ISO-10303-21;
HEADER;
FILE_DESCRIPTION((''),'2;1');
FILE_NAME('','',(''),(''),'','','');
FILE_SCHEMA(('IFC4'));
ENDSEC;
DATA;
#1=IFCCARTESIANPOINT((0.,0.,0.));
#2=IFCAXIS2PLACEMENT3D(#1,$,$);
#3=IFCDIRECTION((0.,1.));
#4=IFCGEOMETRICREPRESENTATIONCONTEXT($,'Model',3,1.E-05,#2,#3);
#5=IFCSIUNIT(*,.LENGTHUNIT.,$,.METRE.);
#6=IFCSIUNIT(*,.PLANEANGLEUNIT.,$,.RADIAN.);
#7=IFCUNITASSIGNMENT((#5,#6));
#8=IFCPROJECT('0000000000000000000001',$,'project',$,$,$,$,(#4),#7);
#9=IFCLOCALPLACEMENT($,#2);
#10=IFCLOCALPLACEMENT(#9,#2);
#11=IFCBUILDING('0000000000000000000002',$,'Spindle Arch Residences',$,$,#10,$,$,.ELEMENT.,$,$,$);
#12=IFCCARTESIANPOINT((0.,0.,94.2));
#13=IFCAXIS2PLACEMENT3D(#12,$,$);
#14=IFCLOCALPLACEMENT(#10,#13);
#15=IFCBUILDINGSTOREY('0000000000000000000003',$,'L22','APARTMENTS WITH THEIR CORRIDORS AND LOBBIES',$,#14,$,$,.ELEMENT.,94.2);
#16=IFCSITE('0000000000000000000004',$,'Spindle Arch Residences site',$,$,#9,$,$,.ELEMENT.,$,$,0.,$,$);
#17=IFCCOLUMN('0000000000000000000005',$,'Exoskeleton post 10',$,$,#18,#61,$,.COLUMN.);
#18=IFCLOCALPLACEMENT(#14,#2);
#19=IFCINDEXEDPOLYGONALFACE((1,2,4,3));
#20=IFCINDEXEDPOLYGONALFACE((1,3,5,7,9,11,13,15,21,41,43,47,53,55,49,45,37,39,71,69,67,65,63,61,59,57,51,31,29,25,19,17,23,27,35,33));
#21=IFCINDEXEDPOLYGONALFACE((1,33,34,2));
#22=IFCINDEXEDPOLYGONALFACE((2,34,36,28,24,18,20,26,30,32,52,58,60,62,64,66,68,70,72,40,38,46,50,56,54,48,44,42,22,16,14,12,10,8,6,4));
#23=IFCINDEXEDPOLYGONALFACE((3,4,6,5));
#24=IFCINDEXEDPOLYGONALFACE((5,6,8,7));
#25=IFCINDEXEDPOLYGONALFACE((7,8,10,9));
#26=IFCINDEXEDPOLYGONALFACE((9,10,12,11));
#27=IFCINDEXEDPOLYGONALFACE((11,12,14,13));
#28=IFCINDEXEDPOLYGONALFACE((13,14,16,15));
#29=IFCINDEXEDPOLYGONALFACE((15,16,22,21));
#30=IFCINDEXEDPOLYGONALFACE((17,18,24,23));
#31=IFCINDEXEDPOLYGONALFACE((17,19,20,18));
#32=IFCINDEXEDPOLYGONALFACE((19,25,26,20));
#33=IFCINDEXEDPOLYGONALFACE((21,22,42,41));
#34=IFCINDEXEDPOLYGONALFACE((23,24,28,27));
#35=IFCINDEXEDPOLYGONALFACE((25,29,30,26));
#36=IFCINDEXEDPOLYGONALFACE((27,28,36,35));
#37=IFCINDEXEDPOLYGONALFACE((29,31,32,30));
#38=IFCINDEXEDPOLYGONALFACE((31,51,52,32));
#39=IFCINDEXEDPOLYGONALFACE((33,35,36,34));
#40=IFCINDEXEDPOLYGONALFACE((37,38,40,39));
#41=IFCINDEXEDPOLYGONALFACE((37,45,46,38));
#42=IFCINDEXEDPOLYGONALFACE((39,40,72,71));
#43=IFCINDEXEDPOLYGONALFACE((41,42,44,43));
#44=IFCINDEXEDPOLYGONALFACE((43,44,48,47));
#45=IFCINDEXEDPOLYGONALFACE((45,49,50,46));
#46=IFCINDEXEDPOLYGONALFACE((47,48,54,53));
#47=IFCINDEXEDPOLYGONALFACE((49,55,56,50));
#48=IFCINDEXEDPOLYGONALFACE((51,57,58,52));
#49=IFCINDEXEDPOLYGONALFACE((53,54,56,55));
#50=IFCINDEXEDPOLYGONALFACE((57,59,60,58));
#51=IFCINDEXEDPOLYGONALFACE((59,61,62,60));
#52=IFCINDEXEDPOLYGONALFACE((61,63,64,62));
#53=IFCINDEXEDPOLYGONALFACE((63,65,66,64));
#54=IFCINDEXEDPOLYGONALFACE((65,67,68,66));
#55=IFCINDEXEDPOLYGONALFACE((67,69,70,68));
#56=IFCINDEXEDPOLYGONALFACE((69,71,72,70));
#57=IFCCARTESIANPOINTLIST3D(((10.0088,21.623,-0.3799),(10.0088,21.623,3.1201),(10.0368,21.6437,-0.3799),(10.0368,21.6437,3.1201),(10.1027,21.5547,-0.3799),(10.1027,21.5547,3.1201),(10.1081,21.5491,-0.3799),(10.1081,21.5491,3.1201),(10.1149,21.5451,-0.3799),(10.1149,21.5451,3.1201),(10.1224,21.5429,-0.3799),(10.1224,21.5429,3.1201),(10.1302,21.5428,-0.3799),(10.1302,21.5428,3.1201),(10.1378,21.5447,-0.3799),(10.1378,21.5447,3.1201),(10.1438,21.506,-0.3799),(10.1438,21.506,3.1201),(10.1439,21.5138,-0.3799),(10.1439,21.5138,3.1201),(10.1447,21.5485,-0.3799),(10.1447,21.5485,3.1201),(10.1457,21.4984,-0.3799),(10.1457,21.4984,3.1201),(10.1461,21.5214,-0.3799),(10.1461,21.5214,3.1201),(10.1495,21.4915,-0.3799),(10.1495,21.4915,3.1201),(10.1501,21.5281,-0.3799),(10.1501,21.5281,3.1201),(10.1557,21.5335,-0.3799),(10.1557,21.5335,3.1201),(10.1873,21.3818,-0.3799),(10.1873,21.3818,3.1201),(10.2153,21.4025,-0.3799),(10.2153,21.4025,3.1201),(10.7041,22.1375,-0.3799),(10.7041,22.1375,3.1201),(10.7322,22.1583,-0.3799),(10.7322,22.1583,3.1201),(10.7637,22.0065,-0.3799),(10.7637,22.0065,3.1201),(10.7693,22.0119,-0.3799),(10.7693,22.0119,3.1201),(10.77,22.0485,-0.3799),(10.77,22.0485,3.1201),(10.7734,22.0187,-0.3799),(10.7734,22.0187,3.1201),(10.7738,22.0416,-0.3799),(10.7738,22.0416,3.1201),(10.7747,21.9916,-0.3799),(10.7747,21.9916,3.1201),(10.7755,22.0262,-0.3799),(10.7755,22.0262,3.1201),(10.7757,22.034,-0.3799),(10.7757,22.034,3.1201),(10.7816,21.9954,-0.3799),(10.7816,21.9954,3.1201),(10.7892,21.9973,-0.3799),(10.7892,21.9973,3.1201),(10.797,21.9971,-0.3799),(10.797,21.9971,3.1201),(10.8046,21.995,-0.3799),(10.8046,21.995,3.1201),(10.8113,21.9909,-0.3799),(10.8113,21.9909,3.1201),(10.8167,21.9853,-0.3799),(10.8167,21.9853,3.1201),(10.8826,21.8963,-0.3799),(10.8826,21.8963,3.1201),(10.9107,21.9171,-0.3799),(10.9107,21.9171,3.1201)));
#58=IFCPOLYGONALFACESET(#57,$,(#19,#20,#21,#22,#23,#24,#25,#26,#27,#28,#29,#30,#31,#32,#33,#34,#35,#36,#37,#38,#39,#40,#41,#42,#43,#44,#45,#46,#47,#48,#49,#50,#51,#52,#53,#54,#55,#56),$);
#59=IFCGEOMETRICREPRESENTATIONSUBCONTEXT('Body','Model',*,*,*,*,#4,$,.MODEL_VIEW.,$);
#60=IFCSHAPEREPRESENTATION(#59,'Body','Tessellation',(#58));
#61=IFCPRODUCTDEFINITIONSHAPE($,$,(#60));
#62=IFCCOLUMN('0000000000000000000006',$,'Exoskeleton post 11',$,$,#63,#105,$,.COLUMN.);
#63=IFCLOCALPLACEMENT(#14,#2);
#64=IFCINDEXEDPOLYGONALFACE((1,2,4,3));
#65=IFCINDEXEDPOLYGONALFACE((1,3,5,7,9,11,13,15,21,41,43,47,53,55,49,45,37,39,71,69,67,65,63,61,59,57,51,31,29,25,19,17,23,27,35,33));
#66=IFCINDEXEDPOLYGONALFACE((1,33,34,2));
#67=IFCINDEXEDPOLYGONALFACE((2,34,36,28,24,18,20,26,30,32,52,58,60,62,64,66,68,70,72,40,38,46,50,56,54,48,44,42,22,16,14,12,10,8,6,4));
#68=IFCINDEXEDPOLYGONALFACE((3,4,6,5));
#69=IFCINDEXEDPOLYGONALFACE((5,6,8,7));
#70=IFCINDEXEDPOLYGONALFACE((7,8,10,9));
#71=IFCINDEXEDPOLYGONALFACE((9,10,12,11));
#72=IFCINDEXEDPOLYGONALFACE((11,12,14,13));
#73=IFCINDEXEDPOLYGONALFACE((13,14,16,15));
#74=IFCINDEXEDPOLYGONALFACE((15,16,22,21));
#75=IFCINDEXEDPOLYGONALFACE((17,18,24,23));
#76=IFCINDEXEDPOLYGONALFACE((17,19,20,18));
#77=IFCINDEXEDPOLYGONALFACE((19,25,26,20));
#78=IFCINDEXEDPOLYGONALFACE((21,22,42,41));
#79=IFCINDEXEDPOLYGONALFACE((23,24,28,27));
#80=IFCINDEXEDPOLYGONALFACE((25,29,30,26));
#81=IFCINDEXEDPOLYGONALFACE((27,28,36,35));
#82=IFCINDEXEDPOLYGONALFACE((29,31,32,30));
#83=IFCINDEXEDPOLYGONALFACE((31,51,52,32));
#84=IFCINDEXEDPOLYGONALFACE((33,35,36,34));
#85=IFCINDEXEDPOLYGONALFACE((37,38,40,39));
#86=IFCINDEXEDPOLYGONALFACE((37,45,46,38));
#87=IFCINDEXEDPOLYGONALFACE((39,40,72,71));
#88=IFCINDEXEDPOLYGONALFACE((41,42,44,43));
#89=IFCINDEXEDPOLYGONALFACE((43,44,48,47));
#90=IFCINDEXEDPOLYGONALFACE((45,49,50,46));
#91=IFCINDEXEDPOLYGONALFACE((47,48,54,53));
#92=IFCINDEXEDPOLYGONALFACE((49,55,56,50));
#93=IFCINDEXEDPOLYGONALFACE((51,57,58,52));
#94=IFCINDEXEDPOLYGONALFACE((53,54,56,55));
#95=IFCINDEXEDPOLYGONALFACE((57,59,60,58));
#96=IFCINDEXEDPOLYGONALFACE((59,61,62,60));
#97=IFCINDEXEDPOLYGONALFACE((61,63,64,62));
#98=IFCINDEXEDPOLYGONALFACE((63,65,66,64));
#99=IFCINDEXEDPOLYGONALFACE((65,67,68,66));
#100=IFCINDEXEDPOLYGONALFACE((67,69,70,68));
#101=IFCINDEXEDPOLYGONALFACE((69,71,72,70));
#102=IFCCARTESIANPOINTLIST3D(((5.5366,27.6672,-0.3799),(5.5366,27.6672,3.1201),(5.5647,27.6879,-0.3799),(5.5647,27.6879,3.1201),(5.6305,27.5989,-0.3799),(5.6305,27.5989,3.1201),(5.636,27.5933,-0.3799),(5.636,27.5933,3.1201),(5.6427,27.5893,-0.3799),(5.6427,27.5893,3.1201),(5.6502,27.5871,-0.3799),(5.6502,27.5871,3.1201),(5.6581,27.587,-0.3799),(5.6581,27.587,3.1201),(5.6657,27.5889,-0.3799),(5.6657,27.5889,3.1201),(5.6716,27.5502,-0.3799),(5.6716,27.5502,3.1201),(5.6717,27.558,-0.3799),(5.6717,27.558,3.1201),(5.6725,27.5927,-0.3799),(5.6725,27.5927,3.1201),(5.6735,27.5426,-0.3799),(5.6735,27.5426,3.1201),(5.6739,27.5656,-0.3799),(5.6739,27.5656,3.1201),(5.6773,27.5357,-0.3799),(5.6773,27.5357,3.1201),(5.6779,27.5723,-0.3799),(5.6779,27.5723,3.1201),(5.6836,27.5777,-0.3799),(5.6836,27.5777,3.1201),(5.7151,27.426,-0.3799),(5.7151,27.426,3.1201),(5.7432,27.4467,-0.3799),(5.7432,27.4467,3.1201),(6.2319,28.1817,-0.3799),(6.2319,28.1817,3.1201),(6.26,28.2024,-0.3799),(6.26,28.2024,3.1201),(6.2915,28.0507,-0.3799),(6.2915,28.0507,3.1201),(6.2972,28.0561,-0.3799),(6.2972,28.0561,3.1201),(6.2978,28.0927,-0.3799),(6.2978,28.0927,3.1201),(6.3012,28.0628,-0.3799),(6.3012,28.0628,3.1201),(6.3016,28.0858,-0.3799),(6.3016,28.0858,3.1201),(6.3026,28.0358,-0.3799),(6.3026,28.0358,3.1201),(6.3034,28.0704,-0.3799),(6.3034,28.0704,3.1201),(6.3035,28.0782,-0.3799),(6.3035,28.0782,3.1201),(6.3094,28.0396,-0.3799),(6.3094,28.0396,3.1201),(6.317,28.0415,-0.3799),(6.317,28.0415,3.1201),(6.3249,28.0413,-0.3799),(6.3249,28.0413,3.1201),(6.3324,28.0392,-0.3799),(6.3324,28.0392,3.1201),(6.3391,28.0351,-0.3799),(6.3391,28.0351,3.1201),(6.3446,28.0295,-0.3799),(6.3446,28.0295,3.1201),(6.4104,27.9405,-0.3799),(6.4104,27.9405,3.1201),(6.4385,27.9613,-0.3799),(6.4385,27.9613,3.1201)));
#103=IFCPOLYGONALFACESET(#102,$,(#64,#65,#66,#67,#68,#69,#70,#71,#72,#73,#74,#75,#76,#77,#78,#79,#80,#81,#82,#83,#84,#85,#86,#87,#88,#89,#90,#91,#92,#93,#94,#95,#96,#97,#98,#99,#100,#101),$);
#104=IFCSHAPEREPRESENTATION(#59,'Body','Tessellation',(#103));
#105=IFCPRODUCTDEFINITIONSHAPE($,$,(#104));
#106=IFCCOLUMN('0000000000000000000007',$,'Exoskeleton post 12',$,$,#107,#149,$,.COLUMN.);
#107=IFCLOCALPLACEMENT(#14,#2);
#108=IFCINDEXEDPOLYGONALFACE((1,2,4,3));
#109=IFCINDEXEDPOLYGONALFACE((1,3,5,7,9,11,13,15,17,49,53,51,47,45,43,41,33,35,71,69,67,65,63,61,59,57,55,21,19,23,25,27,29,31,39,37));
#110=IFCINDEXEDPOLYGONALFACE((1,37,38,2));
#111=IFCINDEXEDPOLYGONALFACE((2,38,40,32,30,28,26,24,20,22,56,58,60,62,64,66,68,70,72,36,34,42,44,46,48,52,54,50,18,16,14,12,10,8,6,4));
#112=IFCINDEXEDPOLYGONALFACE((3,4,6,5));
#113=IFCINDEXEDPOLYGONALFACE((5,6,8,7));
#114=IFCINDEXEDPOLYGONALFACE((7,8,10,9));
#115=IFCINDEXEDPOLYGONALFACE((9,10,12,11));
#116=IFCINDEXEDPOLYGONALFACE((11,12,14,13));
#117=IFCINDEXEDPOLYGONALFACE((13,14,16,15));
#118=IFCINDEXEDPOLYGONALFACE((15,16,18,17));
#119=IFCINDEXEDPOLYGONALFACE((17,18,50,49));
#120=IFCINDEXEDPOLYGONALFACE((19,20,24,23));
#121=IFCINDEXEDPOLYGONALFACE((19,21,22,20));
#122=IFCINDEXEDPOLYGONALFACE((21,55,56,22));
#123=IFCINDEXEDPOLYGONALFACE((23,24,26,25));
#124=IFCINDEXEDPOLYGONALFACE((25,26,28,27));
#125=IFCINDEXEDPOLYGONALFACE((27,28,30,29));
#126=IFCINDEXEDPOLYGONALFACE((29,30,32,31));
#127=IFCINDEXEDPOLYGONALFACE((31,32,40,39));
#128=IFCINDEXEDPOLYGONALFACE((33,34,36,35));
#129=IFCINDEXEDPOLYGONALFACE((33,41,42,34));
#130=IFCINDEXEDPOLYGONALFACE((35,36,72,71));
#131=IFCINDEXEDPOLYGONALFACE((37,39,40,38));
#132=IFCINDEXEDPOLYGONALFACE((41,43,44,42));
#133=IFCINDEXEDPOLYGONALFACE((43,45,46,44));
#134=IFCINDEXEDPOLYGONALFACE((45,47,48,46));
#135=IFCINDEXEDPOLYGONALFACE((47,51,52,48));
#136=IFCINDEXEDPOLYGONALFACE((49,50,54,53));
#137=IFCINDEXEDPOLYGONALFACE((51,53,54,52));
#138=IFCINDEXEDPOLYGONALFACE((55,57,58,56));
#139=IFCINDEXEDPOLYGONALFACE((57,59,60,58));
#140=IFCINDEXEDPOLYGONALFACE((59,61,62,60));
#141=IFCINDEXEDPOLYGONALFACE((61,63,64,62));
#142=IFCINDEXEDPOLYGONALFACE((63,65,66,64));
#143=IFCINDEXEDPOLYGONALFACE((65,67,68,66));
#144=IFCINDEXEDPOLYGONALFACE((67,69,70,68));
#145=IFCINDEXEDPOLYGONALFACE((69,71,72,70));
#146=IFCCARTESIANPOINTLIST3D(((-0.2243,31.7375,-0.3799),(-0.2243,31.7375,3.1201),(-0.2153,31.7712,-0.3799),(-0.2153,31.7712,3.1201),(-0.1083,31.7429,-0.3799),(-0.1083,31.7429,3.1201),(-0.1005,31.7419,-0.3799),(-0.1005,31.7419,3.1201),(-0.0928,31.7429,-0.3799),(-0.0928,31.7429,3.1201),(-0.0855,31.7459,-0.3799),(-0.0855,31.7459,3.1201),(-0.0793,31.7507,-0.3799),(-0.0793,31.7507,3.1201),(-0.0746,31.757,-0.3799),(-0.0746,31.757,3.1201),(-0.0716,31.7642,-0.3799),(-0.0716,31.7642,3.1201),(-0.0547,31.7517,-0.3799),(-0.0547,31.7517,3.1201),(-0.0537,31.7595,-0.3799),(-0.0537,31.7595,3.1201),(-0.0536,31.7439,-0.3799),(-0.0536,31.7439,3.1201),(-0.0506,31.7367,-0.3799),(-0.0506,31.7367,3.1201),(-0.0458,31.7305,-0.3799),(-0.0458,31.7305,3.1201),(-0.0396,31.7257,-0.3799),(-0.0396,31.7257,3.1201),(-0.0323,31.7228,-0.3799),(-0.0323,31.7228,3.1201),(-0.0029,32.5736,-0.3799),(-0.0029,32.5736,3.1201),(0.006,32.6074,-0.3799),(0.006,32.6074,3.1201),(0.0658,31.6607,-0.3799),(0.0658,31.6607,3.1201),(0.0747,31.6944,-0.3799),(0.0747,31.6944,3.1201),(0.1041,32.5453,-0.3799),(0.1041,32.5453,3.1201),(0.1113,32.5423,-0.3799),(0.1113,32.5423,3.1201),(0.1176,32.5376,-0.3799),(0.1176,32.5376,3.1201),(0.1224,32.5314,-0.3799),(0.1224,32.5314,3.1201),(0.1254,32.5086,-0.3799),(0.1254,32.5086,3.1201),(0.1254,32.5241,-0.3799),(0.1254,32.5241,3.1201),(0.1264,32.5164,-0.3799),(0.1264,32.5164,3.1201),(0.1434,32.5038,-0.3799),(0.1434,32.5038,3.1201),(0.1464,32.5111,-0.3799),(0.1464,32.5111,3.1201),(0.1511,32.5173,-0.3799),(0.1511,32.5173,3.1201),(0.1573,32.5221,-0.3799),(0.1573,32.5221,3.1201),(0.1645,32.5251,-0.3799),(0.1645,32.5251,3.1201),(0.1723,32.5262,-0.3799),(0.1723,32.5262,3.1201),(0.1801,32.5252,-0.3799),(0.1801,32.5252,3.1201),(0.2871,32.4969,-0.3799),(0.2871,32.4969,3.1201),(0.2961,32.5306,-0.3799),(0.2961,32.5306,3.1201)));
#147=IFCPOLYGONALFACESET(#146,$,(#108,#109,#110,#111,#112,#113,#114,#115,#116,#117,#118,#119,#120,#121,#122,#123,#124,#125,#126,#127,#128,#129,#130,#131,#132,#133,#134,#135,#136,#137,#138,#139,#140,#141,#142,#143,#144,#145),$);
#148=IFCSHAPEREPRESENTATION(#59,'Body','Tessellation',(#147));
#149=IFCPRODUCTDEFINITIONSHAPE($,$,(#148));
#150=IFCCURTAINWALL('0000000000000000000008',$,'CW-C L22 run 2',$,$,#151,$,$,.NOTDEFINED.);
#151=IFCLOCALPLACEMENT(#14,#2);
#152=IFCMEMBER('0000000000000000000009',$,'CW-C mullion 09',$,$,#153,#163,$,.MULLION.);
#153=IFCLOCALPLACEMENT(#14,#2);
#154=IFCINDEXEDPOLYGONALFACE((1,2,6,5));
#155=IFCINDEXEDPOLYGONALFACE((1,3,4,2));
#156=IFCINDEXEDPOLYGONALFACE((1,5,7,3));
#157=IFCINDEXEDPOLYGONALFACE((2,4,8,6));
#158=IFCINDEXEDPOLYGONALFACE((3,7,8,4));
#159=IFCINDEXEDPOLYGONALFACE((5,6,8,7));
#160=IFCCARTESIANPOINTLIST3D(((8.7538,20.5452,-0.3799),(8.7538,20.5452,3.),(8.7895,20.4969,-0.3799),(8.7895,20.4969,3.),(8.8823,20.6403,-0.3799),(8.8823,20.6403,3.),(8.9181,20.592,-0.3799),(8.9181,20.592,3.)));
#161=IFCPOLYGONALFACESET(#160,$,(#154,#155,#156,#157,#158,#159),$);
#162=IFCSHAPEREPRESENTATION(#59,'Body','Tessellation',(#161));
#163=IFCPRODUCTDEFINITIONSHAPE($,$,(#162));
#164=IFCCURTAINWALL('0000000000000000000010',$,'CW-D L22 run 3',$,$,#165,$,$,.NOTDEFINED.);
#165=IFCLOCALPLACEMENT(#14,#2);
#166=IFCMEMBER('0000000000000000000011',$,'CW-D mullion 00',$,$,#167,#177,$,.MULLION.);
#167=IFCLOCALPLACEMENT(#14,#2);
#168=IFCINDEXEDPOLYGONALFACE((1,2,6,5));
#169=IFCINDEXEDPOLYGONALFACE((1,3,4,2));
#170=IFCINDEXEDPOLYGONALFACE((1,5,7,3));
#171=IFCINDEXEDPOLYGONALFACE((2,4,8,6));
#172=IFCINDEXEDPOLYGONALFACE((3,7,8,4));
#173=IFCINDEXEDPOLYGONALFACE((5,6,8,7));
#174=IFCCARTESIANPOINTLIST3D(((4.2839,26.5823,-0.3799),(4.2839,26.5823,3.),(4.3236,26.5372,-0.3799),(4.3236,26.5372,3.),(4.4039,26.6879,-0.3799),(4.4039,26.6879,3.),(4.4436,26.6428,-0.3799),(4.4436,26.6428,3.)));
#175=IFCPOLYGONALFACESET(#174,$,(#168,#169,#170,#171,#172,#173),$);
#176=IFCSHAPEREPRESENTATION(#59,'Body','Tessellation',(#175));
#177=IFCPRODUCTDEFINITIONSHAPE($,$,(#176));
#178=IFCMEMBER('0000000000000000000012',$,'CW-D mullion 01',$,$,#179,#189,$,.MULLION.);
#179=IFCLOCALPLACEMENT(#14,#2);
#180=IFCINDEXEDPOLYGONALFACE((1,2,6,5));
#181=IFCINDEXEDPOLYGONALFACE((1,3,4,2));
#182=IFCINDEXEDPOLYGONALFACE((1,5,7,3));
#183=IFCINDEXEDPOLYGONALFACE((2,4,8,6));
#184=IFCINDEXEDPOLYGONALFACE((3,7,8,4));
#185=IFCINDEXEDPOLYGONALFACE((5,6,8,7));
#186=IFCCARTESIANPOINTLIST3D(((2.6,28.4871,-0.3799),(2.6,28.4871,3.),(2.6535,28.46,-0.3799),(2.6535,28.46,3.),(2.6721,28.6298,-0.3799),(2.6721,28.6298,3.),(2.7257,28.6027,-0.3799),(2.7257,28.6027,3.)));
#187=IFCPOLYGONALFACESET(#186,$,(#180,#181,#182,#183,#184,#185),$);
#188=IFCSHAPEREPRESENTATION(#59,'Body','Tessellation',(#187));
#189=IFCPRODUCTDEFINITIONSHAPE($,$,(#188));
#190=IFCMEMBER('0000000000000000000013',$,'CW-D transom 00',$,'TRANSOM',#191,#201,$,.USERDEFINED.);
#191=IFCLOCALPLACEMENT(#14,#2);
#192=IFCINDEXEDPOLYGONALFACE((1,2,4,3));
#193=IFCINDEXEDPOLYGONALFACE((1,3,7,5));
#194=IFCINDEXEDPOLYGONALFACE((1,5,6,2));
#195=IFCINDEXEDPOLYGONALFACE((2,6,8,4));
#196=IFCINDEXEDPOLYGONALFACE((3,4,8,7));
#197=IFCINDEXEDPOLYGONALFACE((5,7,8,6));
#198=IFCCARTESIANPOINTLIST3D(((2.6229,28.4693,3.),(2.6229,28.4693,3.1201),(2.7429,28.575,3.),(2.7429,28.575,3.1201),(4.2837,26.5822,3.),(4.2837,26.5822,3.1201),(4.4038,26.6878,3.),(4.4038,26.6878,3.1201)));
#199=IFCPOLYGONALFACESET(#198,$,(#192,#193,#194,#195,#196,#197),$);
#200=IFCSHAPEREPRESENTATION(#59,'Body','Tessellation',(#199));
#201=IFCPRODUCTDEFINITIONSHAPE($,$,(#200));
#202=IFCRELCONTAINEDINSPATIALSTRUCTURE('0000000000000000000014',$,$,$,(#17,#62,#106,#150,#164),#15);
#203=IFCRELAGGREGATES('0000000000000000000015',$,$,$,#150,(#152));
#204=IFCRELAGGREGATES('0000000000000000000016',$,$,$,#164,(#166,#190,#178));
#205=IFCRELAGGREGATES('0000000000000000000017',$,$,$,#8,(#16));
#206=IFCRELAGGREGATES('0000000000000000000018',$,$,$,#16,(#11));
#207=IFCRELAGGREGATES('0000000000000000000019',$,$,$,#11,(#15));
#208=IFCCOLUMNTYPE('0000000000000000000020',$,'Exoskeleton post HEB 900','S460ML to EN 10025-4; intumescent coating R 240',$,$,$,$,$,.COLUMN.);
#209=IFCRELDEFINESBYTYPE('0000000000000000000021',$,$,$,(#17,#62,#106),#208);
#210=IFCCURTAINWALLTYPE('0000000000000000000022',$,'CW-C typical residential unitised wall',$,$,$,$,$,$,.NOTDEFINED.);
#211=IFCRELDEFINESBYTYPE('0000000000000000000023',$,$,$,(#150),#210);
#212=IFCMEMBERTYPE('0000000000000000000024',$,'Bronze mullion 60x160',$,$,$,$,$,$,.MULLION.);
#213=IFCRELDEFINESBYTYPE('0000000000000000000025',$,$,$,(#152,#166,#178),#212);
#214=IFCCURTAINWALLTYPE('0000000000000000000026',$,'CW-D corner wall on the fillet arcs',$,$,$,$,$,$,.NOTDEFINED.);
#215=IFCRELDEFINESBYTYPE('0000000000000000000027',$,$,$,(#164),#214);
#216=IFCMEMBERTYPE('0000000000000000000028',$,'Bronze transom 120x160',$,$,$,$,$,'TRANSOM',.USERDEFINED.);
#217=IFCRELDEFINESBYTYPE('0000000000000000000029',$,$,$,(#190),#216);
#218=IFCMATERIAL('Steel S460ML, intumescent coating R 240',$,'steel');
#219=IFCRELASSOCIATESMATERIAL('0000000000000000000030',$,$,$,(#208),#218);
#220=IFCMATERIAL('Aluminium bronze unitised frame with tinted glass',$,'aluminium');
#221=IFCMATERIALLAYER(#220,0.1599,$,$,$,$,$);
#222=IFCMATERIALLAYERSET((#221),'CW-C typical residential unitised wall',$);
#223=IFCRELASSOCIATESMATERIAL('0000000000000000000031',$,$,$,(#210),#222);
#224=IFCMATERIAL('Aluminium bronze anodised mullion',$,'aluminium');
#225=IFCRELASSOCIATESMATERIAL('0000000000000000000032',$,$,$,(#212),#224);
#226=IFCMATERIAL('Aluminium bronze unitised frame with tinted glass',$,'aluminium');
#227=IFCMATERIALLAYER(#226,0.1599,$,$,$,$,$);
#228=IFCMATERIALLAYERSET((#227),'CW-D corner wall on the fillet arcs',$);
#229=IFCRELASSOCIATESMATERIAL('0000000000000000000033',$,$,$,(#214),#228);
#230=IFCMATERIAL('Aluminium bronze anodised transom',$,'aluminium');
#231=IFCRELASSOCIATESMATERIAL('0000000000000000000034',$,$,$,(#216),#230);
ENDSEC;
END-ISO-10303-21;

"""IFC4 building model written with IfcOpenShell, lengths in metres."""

from ifc_helpers import new_model, si_unit, direction, frame, origin, origin_2d, place, context, subcontext, project, spatial, rectangle, i_section, extrude, material, layer, layer_set, material_profile, profile_set, type_object, element, aggregate, save


model = new_model("IFC4")

# Units and contexts
model_context = context("Model", 3, precision=1e-05, world=origin(), true_north=direction((0.0, 1.0)))
body_context = subcontext(model_context, "Body", "Model", "MODEL_VIEW")
ifc_project = project(units=[si_unit("LENGTHUNIT", "METRE"), si_unit("PLANEANGLEUNIT", "RADIAN")], contexts=[model_context])

# Site, building, storey
site_placement = place(None, origin())
site = spatial("IfcSite", under=ifc_project, at=site_placement, Name="Spindle Arch Residences site", CompositionType="ELEMENT", RefElevation=0.0)
building_placement = place(site_placement, origin())
building = spatial("IfcBuilding", under=site, at=building_placement, Name="Spindle Arch Residences", CompositionType="ELEMENT")
storey_placement = place(building_placement, frame((0.0, 0.0, 94.2)))
storey = spatial("IfcBuildingStorey", under=building, at=storey_placement, Name="L22", Description="APARTMENTS WITH THEIR CORRIDORS AND LOBBIES", CompositionType="ELEMENT", Elevation=94.2)

# Columns
ifc_material_1 = material(Name="Steel S460ML, intumescent coating R 240", Category="steel")
ifc_material_profile_1 = material_profile(ifc_material_1, i_section(OverallWidth=0.3, OverallDepth=0.8999, WebThickness=0.0186, FlangeThickness=0.0349, FilletRadius=0.03, at=origin_2d()), Name="HEB 900")
ifc_profile_set_1 = profile_set([ifc_material_profile_1], Name="Steel S460ML, intumescent coating R 240")
column_type = type_object("IfcColumnType", Name="Exoskeleton post HEB 900", Description="S460ML to EN 10025-4; intumescent coating R 240", PredefinedType="COLUMN", material=ifc_profile_set_1)
for number, where, z_axis, x_axis, name in (
    (1, (10.4597, 21.77, -0.3799), (0.0, 0.0, 1.0), (0.594823, -0.803857, 0.0), "Exoskeleton post 10"),
    (2, (5.9875, 27.8142, -0.3799), (0.0, 0.0, 1.0), (0.594823, -0.803857, 0.0), "Exoskeleton post 11"),
    (3, (0.0359, 32.134, -0.3799), (0.0, 0.0, 1.0), (0.966705, -0.255894, 0.0), "Exoskeleton post 12"),
):
    element("IfcColumn", number, at=place(storey_placement, frame(where, z_axis=z_axis, x_axis=x_axis)), inside=storey, type_object=column_type, Name=name, PredefinedType="COLUMN", context=body_context, shape_type="SweptSolid", body=[
        extrude(i_section(OverallWidth=0.3, OverallDepth=0.8999, WebThickness=0.0186, FlangeThickness=0.0349, FilletRadius=0.03, at=origin_2d()), origin(), (0.0, 0.0, 1.0), 3.5),
    ])

# Curtain wall, member
ifc_material_2 = material(Name="Aluminium bronze unitised frame with tinted glass", Category="aluminium")
ifc_layer_1 = layer(ifc_material_2, 0.1599)
ifc_layer_set_1 = layer_set([ifc_layer_1], Name="CW-C typical residential unitised wall")
curtain_wall_type_1 = type_object("IfcCurtainWallType", Name="CW-C typical residential unitised wall", PredefinedType="NOTDEFINED", material=ifc_layer_set_1)
curtain_wall_1_placement = place(storey_placement, origin())
curtain_wall_1 = element("IfcCurtainWall", 4, at=curtain_wall_1_placement, inside=storey, type_object=curtain_wall_type_1, Name="CW-C L22 run 2", PredefinedType="NOTDEFINED")
ifc_material_3 = material(Name="Aluminium bronze anodised mullion", Category="aluminium")
ifc_material_profile_2 = material_profile(ifc_material_3, rectangle(XDim=0.1599, YDim=0.0601, at=origin_2d()), Name="MU 60x160")
ifc_profile_set_2 = profile_set([ifc_material_profile_2], Name="Aluminium bronze anodised mullion")
member_type_1 = type_object("IfcMemberType", Name="Bronze mullion 60x160", PredefinedType="MULLION", material=ifc_profile_set_2)
member_1_placement = place(storey_placement, frame((8.8359, 20.5686, -0.3799), z_axis=(0.0, 0.0, 1.0), x_axis=(-0.803857, -0.594823, 0.0)))
member_1 = element("IfcMember", 5, at=member_1_placement, type_object=member_type_1, Name="CW-C mullion 09", PredefinedType="MULLION", context=body_context, shape_type="SweptSolid", body=[
    extrude(rectangle(XDim=0.1599, YDim=0.0601, at=origin_2d()), origin(), (0.0, 0.0, 1.0), 3.3799),
])

# Curtain wall, members
ifc_material_4 = material(Name="Aluminium bronze unitised frame with tinted glass", Category="aluminium")
ifc_layer_2 = layer(ifc_material_4, 0.1599)
ifc_layer_set_2 = layer_set([ifc_layer_2], Name="CW-D corner wall on the fillet arcs")
curtain_wall_type_2 = type_object("IfcCurtainWallType", Name="CW-D corner wall on the fillet arcs", PredefinedType="NOTDEFINED", material=ifc_layer_set_2)
curtain_wall_2_placement = place(storey_placement, origin())
curtain_wall_2 = element("IfcCurtainWall", 6, at=curtain_wall_2_placement, inside=storey, type_object=curtain_wall_type_2, Name="CW-D L22 run 3", PredefinedType="NOTDEFINED")
member_2_placement = place(storey_placement, frame((4.3638, 26.6125, -0.3799), z_axis=(0.0, 0.0, 1.0), x_axis=(-0.750647, -0.660704, 0.0)))
member_2 = element("IfcMember", 7, at=member_2_placement, type_object=member_type_1, Name="CW-D mullion 00", PredefinedType="MULLION", context=body_context, shape_type="SweptSolid", body=[
    extrude(rectangle(XDim=0.1599, YDim=0.0601, at=origin_2d()), origin(), (0.0, 0.0, 1.0), 3.3799),
])
member_3_placement = place(storey_placement, frame((2.6628, 28.5449, -0.3799), z_axis=(0.0, 0.0, 1.0), x_axis=(-0.451397, -0.892323, 0.0)))
member_3 = element("IfcMember", 8, at=member_3_placement, type_object=member_type_1, Name="CW-D mullion 01", PredefinedType="MULLION", context=body_context, shape_type="SweptSolid", body=[
    extrude(rectangle(XDim=0.1599, YDim=0.0601, at=origin_2d()), origin(), (0.0, 0.0, 1.0), 3.3799),
])
ifc_material_5 = material(Name="Aluminium bronze anodised transom", Category="aluminium")
ifc_material_profile_3 = material_profile(ifc_material_5, rectangle(XDim=0.1599, YDim=0.1201, at=origin_2d()), Name="TR 120x160")
ifc_profile_set_3 = profile_set([ifc_material_profile_3], Name="Aluminium bronze anodised transom")
member_type_2 = type_object("IfcMemberType", Name="Bronze transom 120x160", ElementType="TRANSOM", PredefinedType="USERDEFINED", material=ifc_profile_set_3)
member_4_placement = place(storey_placement, frame((4.3438, 26.635, 3.0601), z_axis=(-0.660661, 0.750685, 0.0), x_axis=(-0.750685, -0.660661, 0.0)))
member_4 = element("IfcMember", 9, at=member_4_placement, type_object=member_type_2, Name="CW-D transom 00", ObjectType="TRANSOM", PredefinedType="USERDEFINED", context=body_context, shape_type="SweptSolid", body=[
    extrude(rectangle(XDim=0.1599, YDim=0.1201, at=origin_2d()), origin(), (0.0, 0.0, 1.0), 2.5139),
])

aggregate(curtain_wall_1, [member_1])
aggregate(curtain_wall_2, [member_2, member_4, member_3])

save(model, "model.ifc")
